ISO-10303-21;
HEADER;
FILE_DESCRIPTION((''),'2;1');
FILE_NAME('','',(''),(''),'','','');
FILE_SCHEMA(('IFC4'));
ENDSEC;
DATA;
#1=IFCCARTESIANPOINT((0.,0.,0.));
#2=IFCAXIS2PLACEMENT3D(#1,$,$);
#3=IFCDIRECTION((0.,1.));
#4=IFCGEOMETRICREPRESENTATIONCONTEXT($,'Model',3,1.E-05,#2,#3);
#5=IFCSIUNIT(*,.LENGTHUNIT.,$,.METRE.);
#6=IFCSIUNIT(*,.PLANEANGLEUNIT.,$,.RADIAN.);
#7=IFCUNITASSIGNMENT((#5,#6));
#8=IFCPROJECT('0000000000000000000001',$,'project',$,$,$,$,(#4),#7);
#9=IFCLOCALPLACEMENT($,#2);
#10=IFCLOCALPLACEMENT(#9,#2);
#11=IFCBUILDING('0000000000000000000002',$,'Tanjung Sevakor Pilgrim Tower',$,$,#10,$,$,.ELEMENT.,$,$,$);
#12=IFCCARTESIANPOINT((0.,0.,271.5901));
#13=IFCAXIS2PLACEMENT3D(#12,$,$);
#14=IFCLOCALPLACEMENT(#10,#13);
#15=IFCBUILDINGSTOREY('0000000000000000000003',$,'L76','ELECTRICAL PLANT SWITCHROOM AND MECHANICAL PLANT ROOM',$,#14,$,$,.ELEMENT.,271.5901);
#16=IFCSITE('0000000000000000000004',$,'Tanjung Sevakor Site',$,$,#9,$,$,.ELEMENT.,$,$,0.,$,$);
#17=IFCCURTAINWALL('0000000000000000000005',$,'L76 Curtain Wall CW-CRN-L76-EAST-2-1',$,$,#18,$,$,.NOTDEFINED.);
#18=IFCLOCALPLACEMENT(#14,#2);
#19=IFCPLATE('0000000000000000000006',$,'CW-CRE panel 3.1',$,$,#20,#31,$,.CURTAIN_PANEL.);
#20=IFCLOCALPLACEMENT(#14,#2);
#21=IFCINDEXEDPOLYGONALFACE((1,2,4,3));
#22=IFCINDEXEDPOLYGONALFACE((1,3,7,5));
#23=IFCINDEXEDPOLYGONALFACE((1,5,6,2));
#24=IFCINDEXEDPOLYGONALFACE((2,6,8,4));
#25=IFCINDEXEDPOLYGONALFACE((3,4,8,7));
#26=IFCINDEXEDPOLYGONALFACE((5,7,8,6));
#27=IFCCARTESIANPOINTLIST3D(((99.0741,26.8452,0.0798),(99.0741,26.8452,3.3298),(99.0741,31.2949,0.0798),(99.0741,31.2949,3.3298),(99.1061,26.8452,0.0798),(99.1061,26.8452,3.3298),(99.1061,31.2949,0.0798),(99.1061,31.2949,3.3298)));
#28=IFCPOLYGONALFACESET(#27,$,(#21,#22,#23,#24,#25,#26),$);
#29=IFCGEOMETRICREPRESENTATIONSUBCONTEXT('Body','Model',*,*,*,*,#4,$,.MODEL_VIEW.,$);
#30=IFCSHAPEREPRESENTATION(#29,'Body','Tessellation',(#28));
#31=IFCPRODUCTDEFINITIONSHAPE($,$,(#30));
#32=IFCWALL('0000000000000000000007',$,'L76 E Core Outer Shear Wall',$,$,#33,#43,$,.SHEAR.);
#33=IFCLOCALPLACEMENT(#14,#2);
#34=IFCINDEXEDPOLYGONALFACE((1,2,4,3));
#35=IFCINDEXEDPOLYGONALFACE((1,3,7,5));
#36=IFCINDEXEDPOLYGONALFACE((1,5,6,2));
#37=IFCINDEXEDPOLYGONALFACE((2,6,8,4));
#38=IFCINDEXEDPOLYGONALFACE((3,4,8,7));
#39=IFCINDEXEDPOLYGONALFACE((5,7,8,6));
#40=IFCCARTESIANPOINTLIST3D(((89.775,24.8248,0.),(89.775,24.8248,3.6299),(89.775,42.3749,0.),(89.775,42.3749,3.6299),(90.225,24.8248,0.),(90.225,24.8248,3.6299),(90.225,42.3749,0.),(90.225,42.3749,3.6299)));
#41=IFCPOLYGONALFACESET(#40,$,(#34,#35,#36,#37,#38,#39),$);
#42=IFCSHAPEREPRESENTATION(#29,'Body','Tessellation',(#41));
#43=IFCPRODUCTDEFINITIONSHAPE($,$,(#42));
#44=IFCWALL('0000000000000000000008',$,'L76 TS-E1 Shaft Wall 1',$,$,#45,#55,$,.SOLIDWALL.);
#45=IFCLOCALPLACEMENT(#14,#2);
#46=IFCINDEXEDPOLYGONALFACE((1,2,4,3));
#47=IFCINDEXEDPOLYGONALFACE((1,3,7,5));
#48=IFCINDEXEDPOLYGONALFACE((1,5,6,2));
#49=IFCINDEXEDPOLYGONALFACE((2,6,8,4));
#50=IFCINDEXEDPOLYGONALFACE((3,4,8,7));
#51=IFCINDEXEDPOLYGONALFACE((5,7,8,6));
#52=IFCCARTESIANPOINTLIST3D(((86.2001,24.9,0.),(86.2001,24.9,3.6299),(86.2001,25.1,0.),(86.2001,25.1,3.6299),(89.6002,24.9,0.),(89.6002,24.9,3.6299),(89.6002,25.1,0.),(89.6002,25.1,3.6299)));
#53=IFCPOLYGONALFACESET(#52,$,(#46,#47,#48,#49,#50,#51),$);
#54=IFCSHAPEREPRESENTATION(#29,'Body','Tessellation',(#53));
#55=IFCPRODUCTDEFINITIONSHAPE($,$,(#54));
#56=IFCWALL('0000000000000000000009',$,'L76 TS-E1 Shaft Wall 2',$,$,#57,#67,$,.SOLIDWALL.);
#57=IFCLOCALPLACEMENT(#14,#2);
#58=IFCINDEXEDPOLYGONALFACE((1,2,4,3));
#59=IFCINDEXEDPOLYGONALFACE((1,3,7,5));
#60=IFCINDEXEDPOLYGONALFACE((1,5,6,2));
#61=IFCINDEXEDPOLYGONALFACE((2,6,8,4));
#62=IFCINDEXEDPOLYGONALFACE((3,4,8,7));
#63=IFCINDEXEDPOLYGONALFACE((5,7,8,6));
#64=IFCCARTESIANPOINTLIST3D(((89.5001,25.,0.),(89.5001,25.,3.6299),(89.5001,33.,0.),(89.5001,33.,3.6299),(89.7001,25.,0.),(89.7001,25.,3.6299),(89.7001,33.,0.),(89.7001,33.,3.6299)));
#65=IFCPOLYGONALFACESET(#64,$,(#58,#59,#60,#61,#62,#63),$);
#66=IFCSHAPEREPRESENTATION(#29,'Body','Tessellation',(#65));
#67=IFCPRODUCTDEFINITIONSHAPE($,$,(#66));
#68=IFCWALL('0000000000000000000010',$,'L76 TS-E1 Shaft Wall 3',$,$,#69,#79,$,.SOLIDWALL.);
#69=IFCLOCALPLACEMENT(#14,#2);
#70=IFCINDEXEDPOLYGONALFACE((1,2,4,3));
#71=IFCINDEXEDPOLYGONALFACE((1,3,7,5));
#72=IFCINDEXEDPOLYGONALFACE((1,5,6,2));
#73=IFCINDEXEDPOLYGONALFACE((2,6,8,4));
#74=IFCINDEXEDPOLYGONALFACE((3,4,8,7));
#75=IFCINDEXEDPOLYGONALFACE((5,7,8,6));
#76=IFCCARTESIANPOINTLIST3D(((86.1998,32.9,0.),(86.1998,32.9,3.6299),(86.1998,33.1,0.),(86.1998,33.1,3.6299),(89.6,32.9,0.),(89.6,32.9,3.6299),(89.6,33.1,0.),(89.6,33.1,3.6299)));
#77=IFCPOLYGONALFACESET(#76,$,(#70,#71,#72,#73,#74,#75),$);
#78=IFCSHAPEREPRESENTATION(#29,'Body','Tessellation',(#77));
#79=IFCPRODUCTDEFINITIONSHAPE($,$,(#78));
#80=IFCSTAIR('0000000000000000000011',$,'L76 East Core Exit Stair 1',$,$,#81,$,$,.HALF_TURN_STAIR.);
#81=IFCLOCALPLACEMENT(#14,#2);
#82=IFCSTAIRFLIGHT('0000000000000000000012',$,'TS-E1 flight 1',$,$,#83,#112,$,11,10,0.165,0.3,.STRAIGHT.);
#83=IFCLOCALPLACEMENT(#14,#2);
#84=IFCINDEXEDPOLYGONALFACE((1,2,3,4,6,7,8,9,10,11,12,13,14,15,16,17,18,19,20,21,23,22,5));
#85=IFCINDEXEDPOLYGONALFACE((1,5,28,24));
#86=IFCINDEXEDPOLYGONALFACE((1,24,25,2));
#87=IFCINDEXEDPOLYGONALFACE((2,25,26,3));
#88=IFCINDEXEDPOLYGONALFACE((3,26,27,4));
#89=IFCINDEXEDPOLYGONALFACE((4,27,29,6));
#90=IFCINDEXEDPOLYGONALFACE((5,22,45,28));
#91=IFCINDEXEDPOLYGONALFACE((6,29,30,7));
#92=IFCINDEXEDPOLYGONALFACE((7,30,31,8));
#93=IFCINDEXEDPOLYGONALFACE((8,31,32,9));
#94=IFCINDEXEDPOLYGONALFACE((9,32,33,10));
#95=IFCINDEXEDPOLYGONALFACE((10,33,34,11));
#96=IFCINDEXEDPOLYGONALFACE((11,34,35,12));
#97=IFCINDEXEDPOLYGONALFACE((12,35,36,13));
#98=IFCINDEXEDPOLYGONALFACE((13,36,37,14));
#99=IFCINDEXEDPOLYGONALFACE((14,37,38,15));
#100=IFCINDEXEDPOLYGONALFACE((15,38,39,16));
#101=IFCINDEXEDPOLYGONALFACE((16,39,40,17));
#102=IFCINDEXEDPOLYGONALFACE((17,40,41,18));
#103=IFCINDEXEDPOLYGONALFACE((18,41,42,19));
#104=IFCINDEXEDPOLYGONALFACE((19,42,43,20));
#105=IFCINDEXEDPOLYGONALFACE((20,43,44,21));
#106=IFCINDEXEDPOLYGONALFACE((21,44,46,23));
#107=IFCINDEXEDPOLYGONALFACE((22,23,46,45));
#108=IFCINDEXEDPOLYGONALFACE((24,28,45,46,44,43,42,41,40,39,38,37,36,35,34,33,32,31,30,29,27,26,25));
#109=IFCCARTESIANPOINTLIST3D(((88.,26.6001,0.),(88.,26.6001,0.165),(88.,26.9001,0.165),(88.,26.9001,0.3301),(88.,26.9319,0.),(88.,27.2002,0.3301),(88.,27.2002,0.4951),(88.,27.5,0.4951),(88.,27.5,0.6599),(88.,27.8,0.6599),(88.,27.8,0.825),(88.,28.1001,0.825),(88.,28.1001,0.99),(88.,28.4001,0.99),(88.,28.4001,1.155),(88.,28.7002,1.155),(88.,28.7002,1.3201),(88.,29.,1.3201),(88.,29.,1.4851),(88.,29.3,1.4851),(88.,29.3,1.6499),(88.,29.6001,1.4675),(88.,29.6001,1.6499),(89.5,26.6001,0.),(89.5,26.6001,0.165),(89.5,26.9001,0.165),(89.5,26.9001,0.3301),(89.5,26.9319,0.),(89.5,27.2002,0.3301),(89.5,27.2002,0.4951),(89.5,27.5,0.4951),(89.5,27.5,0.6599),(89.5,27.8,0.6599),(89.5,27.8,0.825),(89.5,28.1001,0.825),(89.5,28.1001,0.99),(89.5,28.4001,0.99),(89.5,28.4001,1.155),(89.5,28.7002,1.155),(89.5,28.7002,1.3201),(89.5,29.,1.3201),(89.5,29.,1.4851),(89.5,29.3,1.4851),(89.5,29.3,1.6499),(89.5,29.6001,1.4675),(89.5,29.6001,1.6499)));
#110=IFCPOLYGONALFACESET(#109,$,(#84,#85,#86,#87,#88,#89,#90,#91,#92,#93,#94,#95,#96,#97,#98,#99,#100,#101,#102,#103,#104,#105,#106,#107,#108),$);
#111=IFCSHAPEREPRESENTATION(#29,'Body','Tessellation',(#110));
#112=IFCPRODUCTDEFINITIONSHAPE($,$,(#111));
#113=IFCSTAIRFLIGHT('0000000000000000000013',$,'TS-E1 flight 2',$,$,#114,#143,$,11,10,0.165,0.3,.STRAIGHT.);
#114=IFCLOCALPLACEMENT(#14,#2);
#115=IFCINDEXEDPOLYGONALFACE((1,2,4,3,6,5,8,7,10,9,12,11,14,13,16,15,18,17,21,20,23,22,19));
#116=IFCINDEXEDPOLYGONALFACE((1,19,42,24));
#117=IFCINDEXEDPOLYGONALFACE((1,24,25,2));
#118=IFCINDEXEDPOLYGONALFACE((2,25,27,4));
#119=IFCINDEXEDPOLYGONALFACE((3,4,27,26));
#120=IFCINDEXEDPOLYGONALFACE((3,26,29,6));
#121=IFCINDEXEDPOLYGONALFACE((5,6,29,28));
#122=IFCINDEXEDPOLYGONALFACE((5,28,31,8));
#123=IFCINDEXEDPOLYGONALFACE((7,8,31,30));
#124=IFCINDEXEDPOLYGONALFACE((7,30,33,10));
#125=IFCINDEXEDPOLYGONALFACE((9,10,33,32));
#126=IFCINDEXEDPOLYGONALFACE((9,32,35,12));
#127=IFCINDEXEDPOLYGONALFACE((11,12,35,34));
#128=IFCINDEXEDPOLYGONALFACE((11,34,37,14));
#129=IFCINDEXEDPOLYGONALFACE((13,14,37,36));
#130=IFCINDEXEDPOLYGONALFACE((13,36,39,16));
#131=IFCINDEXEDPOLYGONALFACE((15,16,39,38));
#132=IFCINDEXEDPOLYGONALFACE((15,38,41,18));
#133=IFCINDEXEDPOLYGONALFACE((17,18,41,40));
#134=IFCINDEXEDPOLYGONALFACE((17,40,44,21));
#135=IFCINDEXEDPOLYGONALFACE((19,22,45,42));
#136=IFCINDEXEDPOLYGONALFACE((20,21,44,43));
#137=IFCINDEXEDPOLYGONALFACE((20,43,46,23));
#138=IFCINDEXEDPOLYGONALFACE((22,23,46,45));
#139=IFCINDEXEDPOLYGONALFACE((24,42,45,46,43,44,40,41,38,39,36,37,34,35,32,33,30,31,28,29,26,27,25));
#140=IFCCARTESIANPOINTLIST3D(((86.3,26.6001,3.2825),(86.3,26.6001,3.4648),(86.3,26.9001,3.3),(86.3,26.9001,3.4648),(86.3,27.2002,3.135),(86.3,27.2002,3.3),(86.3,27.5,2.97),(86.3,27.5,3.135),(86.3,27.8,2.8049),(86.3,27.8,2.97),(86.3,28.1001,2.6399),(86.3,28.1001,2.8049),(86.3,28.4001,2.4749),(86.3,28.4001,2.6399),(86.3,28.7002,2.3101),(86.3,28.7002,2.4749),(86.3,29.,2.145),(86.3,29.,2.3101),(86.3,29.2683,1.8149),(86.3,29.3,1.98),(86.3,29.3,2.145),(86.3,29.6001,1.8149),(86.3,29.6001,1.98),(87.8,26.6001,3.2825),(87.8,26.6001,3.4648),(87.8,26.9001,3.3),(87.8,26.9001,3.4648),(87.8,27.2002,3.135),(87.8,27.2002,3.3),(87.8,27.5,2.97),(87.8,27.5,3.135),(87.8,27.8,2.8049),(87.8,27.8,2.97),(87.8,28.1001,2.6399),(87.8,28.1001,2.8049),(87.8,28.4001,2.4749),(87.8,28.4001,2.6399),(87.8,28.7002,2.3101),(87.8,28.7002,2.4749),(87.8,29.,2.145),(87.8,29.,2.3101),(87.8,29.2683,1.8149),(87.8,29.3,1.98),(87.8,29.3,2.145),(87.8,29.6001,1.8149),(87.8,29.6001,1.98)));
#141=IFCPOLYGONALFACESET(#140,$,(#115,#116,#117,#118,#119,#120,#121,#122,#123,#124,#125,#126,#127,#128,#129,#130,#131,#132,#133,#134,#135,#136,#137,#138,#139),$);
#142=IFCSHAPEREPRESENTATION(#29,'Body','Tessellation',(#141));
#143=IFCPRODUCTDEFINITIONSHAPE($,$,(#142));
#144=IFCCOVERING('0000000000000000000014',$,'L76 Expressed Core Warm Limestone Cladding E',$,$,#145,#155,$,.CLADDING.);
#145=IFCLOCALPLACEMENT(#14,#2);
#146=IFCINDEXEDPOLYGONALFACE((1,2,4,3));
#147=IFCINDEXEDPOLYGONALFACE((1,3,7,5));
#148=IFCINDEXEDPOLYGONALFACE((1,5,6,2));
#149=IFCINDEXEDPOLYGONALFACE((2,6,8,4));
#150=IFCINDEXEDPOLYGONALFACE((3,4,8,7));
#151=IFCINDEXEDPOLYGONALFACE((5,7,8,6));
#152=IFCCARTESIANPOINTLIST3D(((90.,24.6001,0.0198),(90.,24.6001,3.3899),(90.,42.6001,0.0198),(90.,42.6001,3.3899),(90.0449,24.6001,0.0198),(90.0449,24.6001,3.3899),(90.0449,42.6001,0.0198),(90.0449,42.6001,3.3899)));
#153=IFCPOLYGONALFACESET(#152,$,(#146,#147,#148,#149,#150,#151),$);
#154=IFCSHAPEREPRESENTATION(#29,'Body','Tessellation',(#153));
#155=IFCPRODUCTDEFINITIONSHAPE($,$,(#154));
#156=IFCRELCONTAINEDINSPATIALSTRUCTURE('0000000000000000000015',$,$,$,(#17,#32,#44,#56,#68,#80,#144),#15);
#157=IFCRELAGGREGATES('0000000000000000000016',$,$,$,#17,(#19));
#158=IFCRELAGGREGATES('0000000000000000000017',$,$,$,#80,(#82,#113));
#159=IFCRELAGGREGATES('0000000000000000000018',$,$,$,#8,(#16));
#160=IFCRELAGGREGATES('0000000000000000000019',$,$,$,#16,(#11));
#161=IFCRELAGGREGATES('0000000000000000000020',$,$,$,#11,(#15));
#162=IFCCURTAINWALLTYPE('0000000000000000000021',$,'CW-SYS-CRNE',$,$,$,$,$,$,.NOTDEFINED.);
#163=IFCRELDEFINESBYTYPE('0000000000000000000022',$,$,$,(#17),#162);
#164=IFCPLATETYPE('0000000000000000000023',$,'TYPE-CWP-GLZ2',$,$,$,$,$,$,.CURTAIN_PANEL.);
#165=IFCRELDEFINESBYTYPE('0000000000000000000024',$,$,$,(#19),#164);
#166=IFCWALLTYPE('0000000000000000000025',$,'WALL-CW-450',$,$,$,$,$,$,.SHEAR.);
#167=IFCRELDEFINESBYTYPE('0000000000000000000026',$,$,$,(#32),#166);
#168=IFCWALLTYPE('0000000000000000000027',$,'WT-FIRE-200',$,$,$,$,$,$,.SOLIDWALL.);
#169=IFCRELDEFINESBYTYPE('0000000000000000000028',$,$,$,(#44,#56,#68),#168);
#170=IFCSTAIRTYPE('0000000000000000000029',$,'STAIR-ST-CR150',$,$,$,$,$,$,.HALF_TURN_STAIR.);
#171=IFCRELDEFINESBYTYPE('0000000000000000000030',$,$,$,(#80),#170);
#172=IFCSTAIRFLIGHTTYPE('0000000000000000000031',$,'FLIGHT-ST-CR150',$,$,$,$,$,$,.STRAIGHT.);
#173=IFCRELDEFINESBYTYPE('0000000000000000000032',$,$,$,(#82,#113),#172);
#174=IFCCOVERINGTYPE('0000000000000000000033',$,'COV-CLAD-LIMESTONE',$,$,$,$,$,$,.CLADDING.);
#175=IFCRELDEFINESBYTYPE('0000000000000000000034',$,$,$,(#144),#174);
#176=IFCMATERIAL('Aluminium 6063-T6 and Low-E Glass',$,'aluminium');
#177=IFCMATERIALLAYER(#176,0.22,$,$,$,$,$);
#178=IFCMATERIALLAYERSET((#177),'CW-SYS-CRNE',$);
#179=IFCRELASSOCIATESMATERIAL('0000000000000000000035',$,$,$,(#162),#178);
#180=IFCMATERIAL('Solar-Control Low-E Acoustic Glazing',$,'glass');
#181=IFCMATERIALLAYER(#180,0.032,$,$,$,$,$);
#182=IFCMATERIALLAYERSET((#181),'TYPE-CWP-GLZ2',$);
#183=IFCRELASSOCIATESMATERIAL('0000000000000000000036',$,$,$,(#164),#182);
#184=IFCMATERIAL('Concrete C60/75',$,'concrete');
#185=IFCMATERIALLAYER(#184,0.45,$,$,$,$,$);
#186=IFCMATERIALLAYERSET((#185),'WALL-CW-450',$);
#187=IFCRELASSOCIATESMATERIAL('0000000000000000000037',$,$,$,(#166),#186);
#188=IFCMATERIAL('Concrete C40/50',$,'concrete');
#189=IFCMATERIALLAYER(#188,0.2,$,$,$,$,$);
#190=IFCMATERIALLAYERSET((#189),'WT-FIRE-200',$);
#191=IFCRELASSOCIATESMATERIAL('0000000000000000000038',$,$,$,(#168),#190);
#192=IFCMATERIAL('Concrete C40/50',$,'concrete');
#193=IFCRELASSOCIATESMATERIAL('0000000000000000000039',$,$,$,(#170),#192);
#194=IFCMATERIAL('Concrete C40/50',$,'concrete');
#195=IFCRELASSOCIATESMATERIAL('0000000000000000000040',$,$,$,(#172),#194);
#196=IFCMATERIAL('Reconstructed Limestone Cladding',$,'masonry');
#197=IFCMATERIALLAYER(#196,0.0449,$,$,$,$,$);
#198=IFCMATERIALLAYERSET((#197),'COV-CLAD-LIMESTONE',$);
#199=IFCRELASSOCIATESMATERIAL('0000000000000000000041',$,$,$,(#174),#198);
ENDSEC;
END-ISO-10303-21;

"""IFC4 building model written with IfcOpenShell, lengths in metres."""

from ifc_helpers import new_model, si_unit, direction, frame, frame_2d, origin, origin_2d, place, context, subcontext, project, spatial, polyline, rectangle, outline, extrude, material, layer, layer_set, type_object, element, aggregate, save


model = new_model("IFC4")

# Units and contexts
model_context = context("Model", 3, precision=1e-05, world=origin(), true_north=direction((0.0, 1.0)))
body_context = subcontext(model_context, "Body", "Model", "MODEL_VIEW")
ifc_project = project(units=[si_unit("LENGTHUNIT", "METRE"), si_unit("PLANEANGLEUNIT", "RADIAN")], contexts=[model_context])

# Site, building, storey
site_placement = place(None, origin())
site = spatial("IfcSite", under=ifc_project, at=site_placement, Name="Tanjung Sevakor Site", CompositionType="ELEMENT", RefElevation=0.0)
building_placement = place(site_placement, origin())
building = spatial("IfcBuilding", under=site, at=building_placement, Name="Tanjung Sevakor Pilgrim Tower", CompositionType="ELEMENT")
storey_placement = place(building_placement, frame((0.0, 0.0, 271.5901)))
storey = spatial("IfcBuildingStorey", under=building, at=storey_placement, Name="L76", Description="ELECTRICAL PLANT SWITCHROOM AND MECHANICAL PLANT ROOM", CompositionType="ELEMENT", Elevation=271.5901)

# Curtain wall, plate
ifc_material_1 = material(Name="Aluminium 6063-T6 and Low-E Glass", Category="aluminium")
ifc_layer_1 = layer(ifc_material_1, 0.22)
ifc_layer_set_1 = layer_set([ifc_layer_1], Name="CW-SYS-CRNE")
curtain_wall_type = type_object("IfcCurtainWallType", Name="CW-SYS-CRNE", PredefinedType="NOTDEFINED", material=ifc_layer_set_1)
curtain_wall_placement = place(storey_placement, origin())
curtain_wall = element("IfcCurtainWall", 1, at=curtain_wall_placement, inside=storey, type_object=curtain_wall_type, Name="L76 Curtain Wall CW-CRN-L76-EAST-2-1", PredefinedType="NOTDEFINED")
ifc_material_2 = material(Name="Solar-Control Low-E Acoustic Glazing", Category="glass")
ifc_layer_2 = layer(ifc_material_2, 0.032)
ifc_layer_set_2 = layer_set([ifc_layer_2], Name="TYPE-CWP-GLZ2")
plate_type = type_object("IfcPlateType", Name="TYPE-CWP-GLZ2", PredefinedType="CURTAIN_PANEL", material=ifc_layer_set_2)
plate_1_placement = place(storey_placement, frame((99.0901, 29.0701, 0.0798), z_axis=(0.0, 0.0, 1.0), x_axis=(0.0, 1.0, 0.0)))
plate_1 = element("IfcPlate", 2, at=plate_1_placement, type_object=plate_type, Name="CW-CRE panel 3.1", PredefinedType="CURTAIN_PANEL", context=body_context, shape_type="SweptSolid", body=[
    extrude(rectangle(XDim=4.4497, YDim=0.032, at=origin_2d()), origin(), (0.0, 0.0, 1.0), 3.25),
])
aggregate(curtain_wall, [plate_1])

# Walls
ifc_material_3 = material(Name="Concrete C60/75", Category="concrete")
ifc_layer_3 = layer(ifc_material_3, 0.45)
ifc_layer_set_3 = layer_set([ifc_layer_3], Name="WALL-CW-450")
wall_type_1 = type_object("IfcWallType", Name="WALL-CW-450", PredefinedType="SHEAR", material=ifc_layer_set_3)
wall_1_placement = place(storey_placement, frame((90.0, 24.825, 0.0), z_axis=(0.0, 0.0, 1.0), x_axis=(0.0, 1.0, 0.0)))
element("IfcWall", 3, at=wall_1_placement, inside=storey, type_object=wall_type_1, Name="L76 E Core Outer Shear Wall", PredefinedType="SHEAR", context=body_context, shape_type="SweptSolid", body=[
    extrude(rectangle(XDim=17.55, YDim=0.45, at=frame_2d((8.7749, 0.0))), origin(), (0.0, 0.0, 1.0), 3.6299),
])
ifc_material_4 = material(Name="Concrete C40/50", Category="concrete")
ifc_layer_4 = layer(ifc_material_4, 0.2)
ifc_layer_set_4 = layer_set([ifc_layer_4], Name="WT-FIRE-200")
wall_type_2 = type_object("IfcWallType", Name="WT-FIRE-200", PredefinedType="SOLIDWALL", material=ifc_layer_set_4)
wall_2_placement = place(storey_placement, frame((86.2, 25.0, 0.0), z_axis=(0.0, 0.0, 1.0), x_axis=(1.0, 0.0, 0.0)))
element("IfcWall", 4, at=wall_2_placement, inside=storey, type_object=wall_type_2, Name="L76 TS-E1 Shaft Wall 1", PredefinedType="SOLIDWALL", context=body_context, shape_type="SweptSolid", body=[
    extrude(rectangle(XDim=3.4001, YDim=0.2, at=frame_2d((1.7002, 0.0))), origin(), (0.0, 0.0, 1.0), 3.6299),
])
wall_3_placement = place(storey_placement, frame((89.6001, 25.0, 0.0), z_axis=(0.0, 0.0, 1.0), x_axis=(0.0, 1.0, 0.0)))
element("IfcWall", 5, at=wall_3_placement, inside=storey, type_object=wall_type_2, Name="L76 TS-E1 Shaft Wall 2", PredefinedType="SOLIDWALL", context=body_context, shape_type="SweptSolid", body=[
    extrude(rectangle(XDim=8.0, YDim=0.2, at=frame_2d((4.0, 0.0))), origin(), (0.0, 0.0, 1.0), 3.6299),
])
wall_4_placement = place(storey_placement, frame((89.6001, 33.0, 0.0), z_axis=(0.0, 0.0, 1.0), x_axis=(-1.0, 0.0, 0.0)))
element("IfcWall", 6, at=wall_4_placement, inside=storey, type_object=wall_type_2, Name="L76 TS-E1 Shaft Wall 3", PredefinedType="SOLIDWALL", context=body_context, shape_type="SweptSolid", body=[
    extrude(rectangle(XDim=3.4001, YDim=0.2, at=frame_2d((1.7002, 0.0))), origin(), (0.0, 0.0, 1.0), 3.6299),
])

# Stair, stair flights
ifc_material_5 = material(Name="Concrete C40/50", Category="concrete")
stair_type = type_object("IfcStairType", Name="STAIR-ST-CR150", PredefinedType="HALF_TURN_STAIR", material=ifc_material_5)
stair_placement = place(storey_placement, origin())
stair = element("IfcStair", 7, at=stair_placement, inside=storey, type_object=stair_type, Name="L76 East Core Exit Stair 1", PredefinedType="HALF_TURN_STAIR")
ifc_material_6 = material(Name="Concrete C40/50", Category="concrete")
stair_flight_type = type_object("IfcStairFlightType", Name="FLIGHT-ST-CR150", PredefinedType="STRAIGHT", material=ifc_material_6)
stair_flight_1_placement = place(storey_placement, frame((88.75, 26.6001, 0.0), z_axis=(0.0, 0.0, 1.0), x_axis=(0.0, 1.0, 0.0)))
stair_flight_1 = element("IfcStairFlight", 8, at=stair_flight_1_placement, type_object=stair_flight_type, Name="TS-E1 flight 1", NumberOfRisers=11, NumberOfTreads=10, PredefinedType="STRAIGHT", RiserHeight=0.165, TreadLength=0.3, context=body_context, shape_type="SweptSolid", body=[
    extrude(outline(polyline([(0.0, 0.0), (0.0, 0.165), (0.3, 0.165), (0.3, 0.3301), (0.6001, 0.3301), (0.6001, 0.4951), (0.8999, 0.4951), (0.8999, 0.6599), (1.2, 0.6599), (1.2, 0.825), (1.5, 0.825), (1.5, 0.99), (1.8, 0.99), (1.8, 1.155), (2.1001, 1.155), (2.1001, 1.3201), (2.3999, 1.3201), (2.3999, 1.4851), (2.7, 1.4851), (2.7, 1.6499), (3.0, 1.6499), (3.0, 1.8149), (3.0, 1.4675), (0.3318, 0.0), (0.0, 0.0)])), frame((0.0, 0.75, 0.0), z_axis=(0.0, -1.0, 0.0), x_axis=(1.0, 0.0, 0.0)), (0.0, 0.0, 1.0), 1.5),
])
stair_flight_2_placement = place(storey_placement, frame((87.05, 29.6001, 1.8149), z_axis=(0.0, 0.0, 1.0), x_axis=(0.0, -1.0, 0.0)))
stair_flight_2 = element("IfcStairFlight", 9, at=stair_flight_2_placement, type_object=stair_flight_type, Name="TS-E1 flight 2", NumberOfRisers=11, NumberOfTreads=10, PredefinedType="STRAIGHT", RiserHeight=0.165, TreadLength=0.3, context=body_context, shape_type="SweptSolid", body=[
    extrude(outline(polyline([(0.0, 0.0), (0.0, 0.165), (0.3, 0.165), (0.3, 0.3301), (0.6001, 0.3301), (0.6001, 0.4951), (0.8999, 0.4951), (0.8999, 0.6599), (1.2, 0.6599), (1.2, 0.825), (1.5, 0.825), (1.5, 0.99), (1.8, 0.99), (1.8, 1.155), (2.1001, 1.155), (2.1001, 1.3201), (2.3999, 1.3201), (2.3999, 1.4851), (2.7, 1.4851), (2.7, 1.6499), (3.0, 1.6499), (3.0, 1.8149), (3.0, 1.4675), (0.3318, 0.0), (0.0, 0.0)])), frame((0.0, 0.75, 0.0), z_axis=(0.0, -1.0, 0.0), x_axis=(1.0, 0.0, 0.0)), (0.0, 0.0, 1.0), 1.5),
])
aggregate(stair, [stair_flight_1, stair_flight_2])

# Covering
ifc_material_7 = material(Name="Reconstructed Limestone Cladding", Category="masonry")
ifc_layer_5 = layer(ifc_material_7, 0.0449)
ifc_layer_set_5 = layer_set([ifc_layer_5], Name="COV-CLAD-LIMESTONE")
covering_type = type_object("IfcCoveringType", Name="COV-CLAD-LIMESTONE", PredefinedType="CLADDING", material=ifc_layer_set_5)
covering_placement = place(storey_placement, frame((90.0225, 33.6001, 0.0198), z_axis=(0.0, 0.0, 1.0), x_axis=(1.0, 0.0, 0.0)))
element("IfcCovering", 10, at=covering_placement, inside=storey, type_object=covering_type, Name="L76 Expressed Core Warm Limestone Cladding E", PredefinedType="CLADDING", context=body_context, shape_type="SweptSolid", body=[
    extrude(rectangle(XDim=0.0449, YDim=18.0, at=origin_2d()), origin(), (0.0, 0.0, 1.0), 3.3701),
])

save(model, "model.ifc")
